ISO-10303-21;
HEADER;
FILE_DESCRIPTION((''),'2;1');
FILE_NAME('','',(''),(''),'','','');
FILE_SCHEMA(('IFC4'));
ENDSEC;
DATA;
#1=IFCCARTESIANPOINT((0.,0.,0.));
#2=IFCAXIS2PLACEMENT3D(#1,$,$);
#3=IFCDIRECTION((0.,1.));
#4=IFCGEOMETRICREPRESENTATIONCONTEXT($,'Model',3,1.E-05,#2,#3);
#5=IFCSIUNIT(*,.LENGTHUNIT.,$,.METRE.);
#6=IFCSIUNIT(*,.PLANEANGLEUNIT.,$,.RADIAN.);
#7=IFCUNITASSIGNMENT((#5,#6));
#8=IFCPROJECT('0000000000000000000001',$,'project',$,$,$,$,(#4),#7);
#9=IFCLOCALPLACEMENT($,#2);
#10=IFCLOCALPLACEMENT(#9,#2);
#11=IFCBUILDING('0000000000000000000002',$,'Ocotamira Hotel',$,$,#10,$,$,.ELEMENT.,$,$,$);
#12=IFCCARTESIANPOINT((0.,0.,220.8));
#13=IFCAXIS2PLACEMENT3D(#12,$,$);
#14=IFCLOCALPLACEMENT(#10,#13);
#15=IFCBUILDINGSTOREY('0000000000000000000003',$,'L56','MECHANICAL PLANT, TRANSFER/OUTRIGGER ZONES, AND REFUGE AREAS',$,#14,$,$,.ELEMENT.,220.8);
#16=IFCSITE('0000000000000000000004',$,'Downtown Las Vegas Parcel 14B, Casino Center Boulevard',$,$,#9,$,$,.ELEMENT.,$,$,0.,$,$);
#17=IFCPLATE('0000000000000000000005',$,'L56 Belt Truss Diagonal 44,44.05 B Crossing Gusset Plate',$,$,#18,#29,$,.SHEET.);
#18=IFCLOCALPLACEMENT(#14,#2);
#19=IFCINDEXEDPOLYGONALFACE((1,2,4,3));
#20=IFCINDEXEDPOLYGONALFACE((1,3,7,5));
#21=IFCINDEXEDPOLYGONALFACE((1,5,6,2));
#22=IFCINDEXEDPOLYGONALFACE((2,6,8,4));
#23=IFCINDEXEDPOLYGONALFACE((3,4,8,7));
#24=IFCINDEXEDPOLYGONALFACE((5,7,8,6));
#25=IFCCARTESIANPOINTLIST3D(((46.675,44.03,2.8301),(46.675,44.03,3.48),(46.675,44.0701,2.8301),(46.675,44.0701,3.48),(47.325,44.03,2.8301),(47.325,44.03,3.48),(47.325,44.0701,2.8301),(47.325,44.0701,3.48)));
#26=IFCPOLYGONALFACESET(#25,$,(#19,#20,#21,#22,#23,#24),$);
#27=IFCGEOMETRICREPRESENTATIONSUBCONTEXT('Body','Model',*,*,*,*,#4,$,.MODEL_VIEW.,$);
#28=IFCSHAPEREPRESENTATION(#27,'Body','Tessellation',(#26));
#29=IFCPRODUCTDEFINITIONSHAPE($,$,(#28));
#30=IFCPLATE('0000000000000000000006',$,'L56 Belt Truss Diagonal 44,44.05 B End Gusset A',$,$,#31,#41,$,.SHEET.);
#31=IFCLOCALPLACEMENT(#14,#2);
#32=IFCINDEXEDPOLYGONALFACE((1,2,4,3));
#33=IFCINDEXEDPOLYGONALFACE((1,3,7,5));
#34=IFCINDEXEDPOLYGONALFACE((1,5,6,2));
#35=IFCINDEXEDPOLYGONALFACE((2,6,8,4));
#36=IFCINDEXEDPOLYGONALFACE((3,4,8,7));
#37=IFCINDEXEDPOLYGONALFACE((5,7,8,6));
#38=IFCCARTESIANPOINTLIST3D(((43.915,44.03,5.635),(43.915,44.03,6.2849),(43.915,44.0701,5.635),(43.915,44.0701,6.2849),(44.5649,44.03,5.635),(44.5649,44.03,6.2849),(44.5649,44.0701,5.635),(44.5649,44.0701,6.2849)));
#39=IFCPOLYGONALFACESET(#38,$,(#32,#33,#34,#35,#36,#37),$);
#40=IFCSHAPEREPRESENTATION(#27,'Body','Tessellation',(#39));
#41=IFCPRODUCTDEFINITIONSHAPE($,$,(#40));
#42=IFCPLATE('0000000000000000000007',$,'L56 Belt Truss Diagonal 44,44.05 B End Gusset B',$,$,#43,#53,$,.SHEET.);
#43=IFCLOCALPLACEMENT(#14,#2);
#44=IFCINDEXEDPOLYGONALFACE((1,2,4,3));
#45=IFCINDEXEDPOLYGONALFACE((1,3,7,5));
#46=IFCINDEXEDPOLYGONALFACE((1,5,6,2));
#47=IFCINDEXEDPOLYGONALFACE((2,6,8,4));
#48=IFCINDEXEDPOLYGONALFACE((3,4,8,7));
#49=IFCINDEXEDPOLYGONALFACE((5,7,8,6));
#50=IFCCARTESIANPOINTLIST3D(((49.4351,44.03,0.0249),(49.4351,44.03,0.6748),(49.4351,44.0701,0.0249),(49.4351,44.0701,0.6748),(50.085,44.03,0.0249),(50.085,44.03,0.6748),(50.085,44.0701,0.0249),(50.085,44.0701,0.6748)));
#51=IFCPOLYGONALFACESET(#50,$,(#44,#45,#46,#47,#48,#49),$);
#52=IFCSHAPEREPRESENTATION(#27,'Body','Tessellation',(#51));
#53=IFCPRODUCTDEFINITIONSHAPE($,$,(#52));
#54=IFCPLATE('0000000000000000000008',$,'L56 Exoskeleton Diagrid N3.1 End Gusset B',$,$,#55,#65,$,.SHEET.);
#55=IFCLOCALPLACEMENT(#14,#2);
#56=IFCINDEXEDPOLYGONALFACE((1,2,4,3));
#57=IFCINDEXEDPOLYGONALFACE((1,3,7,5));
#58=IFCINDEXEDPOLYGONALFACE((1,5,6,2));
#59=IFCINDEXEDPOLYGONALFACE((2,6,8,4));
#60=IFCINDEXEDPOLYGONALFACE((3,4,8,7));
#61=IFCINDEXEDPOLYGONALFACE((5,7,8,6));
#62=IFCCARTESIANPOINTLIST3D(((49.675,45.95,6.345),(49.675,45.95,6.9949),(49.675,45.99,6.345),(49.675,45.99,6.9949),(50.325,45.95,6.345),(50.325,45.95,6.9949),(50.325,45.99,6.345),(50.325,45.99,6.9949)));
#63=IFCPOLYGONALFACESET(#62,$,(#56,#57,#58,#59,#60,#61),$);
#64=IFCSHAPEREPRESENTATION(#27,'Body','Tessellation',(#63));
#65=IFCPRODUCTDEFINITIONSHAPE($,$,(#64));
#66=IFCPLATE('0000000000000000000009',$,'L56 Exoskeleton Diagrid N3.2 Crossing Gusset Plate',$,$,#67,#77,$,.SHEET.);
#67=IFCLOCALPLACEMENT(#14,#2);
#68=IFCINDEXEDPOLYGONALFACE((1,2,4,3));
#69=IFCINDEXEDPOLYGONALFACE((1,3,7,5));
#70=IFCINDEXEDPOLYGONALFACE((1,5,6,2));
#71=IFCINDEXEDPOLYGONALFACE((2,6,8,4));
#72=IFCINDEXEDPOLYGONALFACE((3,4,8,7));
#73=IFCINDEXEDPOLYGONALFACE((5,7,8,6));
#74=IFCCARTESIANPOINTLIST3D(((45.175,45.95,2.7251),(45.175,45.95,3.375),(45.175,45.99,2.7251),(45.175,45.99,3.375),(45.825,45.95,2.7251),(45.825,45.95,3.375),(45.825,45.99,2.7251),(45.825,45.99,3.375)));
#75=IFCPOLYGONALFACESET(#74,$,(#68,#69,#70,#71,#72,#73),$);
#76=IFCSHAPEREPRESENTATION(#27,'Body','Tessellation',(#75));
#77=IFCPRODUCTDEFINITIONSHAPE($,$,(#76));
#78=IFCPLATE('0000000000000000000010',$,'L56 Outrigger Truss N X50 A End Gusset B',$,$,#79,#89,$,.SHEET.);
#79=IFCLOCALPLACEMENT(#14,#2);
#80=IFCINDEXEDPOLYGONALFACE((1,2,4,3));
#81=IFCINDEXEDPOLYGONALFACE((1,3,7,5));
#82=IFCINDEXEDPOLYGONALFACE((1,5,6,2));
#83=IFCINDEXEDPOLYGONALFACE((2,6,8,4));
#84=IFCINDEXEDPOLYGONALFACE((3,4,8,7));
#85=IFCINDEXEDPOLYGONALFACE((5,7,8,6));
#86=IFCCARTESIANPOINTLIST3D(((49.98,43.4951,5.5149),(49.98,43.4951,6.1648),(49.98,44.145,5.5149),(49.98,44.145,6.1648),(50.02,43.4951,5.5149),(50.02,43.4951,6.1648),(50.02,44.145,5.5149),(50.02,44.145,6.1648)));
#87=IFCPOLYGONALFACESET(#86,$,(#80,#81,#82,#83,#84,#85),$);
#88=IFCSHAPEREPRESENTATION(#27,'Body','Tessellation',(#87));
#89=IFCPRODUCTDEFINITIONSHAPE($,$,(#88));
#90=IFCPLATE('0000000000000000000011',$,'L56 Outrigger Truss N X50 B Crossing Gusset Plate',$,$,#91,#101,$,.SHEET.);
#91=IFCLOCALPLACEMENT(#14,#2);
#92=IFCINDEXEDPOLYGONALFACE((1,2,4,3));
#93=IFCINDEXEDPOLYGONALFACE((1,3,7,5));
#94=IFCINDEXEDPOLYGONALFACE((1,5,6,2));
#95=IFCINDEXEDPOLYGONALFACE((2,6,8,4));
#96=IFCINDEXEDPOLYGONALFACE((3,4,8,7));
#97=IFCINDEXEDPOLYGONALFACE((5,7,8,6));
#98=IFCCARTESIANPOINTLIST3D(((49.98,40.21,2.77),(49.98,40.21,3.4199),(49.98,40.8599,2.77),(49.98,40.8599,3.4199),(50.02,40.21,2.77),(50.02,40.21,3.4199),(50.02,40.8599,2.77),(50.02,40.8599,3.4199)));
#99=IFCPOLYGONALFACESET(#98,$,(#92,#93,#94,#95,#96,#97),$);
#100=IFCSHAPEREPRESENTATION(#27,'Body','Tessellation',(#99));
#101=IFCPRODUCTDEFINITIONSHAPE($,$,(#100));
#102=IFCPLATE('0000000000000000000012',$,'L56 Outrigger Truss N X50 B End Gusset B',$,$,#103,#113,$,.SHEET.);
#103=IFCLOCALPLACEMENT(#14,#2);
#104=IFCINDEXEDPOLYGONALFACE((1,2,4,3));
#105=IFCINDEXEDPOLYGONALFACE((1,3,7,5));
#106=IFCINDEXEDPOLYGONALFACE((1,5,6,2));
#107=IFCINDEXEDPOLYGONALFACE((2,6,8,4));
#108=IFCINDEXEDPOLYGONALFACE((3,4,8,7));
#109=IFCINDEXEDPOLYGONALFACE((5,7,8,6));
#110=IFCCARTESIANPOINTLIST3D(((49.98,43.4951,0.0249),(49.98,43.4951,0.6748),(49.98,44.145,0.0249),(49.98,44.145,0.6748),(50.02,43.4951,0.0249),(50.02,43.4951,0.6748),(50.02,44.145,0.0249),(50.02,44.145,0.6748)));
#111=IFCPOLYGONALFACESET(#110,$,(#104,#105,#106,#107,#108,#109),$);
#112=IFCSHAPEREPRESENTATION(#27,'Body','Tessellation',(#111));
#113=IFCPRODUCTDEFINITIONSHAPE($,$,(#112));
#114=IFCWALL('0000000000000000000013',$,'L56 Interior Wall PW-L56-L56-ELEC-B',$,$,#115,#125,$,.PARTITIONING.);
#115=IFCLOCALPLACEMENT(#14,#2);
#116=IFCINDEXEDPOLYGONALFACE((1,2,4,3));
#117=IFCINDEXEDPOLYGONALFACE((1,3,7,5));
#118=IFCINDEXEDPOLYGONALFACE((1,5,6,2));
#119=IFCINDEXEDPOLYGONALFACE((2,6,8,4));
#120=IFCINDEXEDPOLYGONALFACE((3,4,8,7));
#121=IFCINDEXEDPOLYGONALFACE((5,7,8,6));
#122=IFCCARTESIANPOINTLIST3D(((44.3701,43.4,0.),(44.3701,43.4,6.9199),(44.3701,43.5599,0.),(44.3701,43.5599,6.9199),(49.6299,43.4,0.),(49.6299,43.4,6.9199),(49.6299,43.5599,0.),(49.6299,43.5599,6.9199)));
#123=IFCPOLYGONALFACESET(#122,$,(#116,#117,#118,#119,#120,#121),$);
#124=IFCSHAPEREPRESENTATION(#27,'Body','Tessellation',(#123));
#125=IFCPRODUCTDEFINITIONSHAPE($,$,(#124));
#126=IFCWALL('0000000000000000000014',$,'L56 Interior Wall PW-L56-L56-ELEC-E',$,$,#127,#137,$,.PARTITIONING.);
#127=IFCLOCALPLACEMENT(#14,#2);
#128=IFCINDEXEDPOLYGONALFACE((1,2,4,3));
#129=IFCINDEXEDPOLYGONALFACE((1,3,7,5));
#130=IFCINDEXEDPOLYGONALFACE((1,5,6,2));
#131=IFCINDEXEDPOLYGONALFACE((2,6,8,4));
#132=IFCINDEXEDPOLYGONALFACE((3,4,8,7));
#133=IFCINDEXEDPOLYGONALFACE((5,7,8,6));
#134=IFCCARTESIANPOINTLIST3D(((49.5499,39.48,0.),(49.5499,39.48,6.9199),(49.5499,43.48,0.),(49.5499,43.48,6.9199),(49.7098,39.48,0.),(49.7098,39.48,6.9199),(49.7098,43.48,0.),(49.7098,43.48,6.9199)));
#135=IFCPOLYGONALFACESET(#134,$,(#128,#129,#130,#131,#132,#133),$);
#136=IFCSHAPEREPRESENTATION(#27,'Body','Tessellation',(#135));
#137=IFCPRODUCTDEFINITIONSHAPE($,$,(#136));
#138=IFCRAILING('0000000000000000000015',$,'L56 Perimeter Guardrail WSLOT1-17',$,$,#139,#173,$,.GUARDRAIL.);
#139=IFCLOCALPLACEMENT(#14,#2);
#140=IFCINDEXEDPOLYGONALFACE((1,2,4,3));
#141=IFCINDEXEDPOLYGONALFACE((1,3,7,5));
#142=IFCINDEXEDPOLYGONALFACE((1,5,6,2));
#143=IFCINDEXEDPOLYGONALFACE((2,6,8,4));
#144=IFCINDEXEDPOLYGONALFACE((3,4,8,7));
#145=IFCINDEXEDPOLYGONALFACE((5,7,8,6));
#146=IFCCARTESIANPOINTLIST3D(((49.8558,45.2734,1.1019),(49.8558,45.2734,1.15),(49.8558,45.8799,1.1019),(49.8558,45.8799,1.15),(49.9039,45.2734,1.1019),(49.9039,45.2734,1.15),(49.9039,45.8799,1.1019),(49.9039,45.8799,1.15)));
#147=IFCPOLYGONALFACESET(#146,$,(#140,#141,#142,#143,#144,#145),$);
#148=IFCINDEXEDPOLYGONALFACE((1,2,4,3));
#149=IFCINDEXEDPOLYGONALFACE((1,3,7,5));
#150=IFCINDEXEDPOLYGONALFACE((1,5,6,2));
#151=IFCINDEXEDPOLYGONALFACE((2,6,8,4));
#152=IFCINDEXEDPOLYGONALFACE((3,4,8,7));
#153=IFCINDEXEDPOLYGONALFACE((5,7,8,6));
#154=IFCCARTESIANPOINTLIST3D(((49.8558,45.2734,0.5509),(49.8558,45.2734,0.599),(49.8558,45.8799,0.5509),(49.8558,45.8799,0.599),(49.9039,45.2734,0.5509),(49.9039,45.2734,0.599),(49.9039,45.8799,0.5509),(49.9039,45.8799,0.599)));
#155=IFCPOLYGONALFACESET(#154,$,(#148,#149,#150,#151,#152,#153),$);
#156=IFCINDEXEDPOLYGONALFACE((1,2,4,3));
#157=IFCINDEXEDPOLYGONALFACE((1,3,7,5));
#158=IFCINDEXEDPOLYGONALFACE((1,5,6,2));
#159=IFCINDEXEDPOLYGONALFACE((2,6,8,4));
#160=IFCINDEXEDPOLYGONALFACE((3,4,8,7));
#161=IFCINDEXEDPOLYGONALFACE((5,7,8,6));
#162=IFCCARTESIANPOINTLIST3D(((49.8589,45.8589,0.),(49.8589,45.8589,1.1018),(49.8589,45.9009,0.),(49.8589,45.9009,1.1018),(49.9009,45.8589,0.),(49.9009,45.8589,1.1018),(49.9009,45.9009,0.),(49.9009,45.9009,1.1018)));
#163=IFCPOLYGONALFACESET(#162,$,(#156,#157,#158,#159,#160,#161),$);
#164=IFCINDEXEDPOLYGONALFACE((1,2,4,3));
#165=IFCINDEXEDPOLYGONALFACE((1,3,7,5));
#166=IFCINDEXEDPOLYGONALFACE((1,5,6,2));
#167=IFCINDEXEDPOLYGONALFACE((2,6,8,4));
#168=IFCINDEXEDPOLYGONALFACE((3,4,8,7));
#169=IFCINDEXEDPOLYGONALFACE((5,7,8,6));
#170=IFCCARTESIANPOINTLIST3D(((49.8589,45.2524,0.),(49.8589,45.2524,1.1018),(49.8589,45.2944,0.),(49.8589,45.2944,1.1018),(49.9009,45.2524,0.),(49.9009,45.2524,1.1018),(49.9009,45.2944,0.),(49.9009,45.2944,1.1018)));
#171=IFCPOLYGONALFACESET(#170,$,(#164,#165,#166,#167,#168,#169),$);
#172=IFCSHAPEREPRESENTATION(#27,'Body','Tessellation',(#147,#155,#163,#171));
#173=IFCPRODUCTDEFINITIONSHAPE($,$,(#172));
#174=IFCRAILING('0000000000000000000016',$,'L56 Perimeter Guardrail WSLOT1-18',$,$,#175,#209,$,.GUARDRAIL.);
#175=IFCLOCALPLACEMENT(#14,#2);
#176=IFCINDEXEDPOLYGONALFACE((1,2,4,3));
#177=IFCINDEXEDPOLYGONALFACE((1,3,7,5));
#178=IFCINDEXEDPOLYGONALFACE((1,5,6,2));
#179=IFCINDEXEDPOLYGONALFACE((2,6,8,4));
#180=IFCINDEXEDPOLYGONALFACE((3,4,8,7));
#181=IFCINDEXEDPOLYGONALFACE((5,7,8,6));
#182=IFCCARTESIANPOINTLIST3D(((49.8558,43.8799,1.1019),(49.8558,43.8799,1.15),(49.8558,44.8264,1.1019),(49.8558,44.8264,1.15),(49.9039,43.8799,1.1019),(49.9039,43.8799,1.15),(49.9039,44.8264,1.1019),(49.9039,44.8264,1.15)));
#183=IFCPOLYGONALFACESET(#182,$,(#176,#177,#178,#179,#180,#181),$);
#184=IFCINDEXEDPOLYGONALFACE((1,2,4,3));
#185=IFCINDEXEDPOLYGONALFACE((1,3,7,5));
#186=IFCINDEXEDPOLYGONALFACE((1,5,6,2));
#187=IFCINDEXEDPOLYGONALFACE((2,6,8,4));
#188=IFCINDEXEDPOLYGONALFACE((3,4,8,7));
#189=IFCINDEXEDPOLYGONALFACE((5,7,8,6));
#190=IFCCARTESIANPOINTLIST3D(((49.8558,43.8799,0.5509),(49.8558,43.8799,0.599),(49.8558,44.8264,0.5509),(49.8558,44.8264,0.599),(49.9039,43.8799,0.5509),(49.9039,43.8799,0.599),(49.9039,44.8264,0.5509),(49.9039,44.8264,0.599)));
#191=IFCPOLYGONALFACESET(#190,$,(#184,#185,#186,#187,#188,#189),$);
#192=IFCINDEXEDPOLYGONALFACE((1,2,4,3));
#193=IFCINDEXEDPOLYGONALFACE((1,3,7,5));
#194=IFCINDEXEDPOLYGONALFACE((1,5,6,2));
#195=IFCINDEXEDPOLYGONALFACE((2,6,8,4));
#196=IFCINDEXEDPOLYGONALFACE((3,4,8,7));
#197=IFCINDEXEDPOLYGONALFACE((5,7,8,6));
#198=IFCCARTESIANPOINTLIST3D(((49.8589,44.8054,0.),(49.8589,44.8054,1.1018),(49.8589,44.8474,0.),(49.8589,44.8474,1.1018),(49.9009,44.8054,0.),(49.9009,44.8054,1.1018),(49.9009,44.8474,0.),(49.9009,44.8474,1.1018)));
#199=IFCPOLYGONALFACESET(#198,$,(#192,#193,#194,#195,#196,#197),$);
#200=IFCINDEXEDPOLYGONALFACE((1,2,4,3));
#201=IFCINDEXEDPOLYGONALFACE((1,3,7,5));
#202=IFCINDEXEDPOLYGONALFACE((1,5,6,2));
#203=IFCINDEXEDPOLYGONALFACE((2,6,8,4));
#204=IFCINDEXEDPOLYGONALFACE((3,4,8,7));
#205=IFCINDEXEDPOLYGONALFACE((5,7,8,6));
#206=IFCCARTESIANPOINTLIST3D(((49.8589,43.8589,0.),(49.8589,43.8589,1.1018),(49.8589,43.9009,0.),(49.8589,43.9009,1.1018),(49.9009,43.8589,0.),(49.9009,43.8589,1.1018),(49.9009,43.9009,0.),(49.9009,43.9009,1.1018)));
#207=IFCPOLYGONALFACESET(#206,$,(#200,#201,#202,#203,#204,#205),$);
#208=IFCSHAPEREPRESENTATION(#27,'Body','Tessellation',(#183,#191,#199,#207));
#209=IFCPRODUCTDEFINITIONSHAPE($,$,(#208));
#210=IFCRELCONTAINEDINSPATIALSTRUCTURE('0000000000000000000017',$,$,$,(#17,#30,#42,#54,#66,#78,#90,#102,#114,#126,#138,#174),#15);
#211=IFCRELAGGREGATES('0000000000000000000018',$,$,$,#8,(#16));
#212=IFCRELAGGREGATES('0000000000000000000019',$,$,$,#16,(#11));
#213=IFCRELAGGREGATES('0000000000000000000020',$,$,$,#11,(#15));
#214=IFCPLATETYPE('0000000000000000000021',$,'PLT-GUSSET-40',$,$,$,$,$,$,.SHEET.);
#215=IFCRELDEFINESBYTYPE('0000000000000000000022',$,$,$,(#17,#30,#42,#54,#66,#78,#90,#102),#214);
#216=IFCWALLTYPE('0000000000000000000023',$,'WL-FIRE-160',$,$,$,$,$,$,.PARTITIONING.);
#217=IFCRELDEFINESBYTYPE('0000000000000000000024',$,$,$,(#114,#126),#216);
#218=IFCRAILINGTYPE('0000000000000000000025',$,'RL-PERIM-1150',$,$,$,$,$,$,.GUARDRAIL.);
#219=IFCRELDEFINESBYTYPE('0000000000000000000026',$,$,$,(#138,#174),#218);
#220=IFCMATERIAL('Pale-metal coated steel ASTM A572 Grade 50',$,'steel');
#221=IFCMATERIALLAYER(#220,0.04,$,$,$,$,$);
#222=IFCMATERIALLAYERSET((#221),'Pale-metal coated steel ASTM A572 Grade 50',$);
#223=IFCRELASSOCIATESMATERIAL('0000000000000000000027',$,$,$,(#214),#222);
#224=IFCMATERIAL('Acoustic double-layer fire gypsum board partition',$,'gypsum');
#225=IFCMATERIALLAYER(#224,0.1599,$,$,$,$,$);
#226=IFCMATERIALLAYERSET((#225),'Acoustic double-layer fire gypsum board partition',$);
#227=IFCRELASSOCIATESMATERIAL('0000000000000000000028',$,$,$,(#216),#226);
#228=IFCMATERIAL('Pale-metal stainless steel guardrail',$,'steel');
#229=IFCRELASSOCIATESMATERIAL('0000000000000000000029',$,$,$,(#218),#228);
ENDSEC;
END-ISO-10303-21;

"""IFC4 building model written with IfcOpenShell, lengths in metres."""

from ifc_helpers import new_model, si_unit, direction, frame, frame_2d, origin, origin_2d, place, context, subcontext, project, spatial, rectangle, extrude, source, transform, mapped, material, layer, layer_set, type_object, element, save


model = new_model("IFC4")

# Units and contexts
model_context = context("Model", 3, precision=1e-05, world=origin(), true_north=direction((0.0, 1.0)))
body_context = subcontext(model_context, "Body", "Model", "MODEL_VIEW")
ifc_project = project(units=[si_unit("LENGTHUNIT", "METRE"), si_unit("PLANEANGLEUNIT", "RADIAN")], contexts=[model_context])

# Site, building, storey
site_placement = place(None, origin())
site = spatial("IfcSite", under=ifc_project, at=site_placement, Name="Downtown Las Vegas Parcel 14B, Casino Center Boulevard", CompositionType="ELEMENT", RefElevation=0.0)
building_placement = place(site_placement, origin())
building = spatial("IfcBuilding", under=site, at=building_placement, Name="Ocotamira Hotel", CompositionType="ELEMENT")
storey_placement = place(building_placement, frame((0.0, 0.0, 220.8)))
storey = spatial("IfcBuildingStorey", under=building, at=storey_placement, Name="L56", Description="MECHANICAL PLANT, TRANSFER/OUTRIGGER ZONES, AND REFUGE AREAS", CompositionType="ELEMENT", Elevation=220.8)

# Plates
ifc_material_1 = material(Name="Pale-metal coated steel ASTM A572 Grade 50", Category="steel")
ifc_layer_1 = layer(ifc_material_1, 0.04)
ifc_layer_set_1 = layer_set([ifc_layer_1], Name="Pale-metal coated steel ASTM A572 Grade 50")
plate_type = type_object("IfcPlateType", Name="PLT-GUSSET-40", PredefinedType="SHEET", material=ifc_layer_set_1)
shared_shape_1 = source(origin(), body_context, "Body", "SweptSolid", [
    extrude(rectangle(XDim=0.6499, YDim=0.04, at=origin_2d()), origin(), (0.0, 0.0, 1.0), 0.6499),
])
for number, where, z_axis, x_axis, name in (
    (1, (47.0, 44.05, 2.8301), (0.0, 0.0, 1.0), (1.0, 0.0, 0.0), "L56 Belt Truss Diagonal 44,44.05 B Crossing Gusset Plate"),
    (2, (44.24, 44.05, 5.635), (0.0, 0.0, 1.0), (1.0, 0.0, 0.0), "L56 Belt Truss Diagonal 44,44.05 B End Gusset A"),
    (3, (49.76, 44.05, 0.0249), (0.0, 0.0, 1.0), (1.0, 0.0, 0.0), "L56 Belt Truss Diagonal 44,44.05 B End Gusset B"),
    (4, (50.0, 45.97, 6.345), (0.0, 0.0, 1.0), (1.0, 0.0, 0.0), "L56 Exoskeleton Diagrid N3.1 End Gusset B"),
    (5, (45.5, 45.97, 2.7251), (0.0, 0.0, 1.0), (-1.0, 0.0, 0.0), "L56 Exoskeleton Diagrid N3.2 Crossing Gusset Plate"),
):
    element("IfcPlate", number, at=place(storey_placement, frame(where, z_axis=z_axis, x_axis=x_axis)), inside=storey, type_object=plate_type, Name=name, PredefinedType="SHEET", context=body_context, shape_type="MappedRepresentation", body=[
        mapped(shared_shape_1, transform((0.0, 0.0, 0.0), scale=1.0)),
    ])
shared_shape_2 = source(origin(), body_context, "Body", "SweptSolid", [
    extrude(rectangle(XDim=0.04, YDim=0.6499, at=origin_2d()), origin(), (0.0, 0.0, 1.0), 0.6499),
])
for number, where, z_axis, x_axis, name in (
    (6, (50.0, 43.8201, 5.5149), (0.0, 0.0, 1.0), (1.0, 0.0, 0.0), "L56 Outrigger Truss N X50 A End Gusset B"),
    (7, (50.0, 40.5349, 2.77), (0.0, 0.0, 1.0), (1.0, 0.0, 0.0), "L56 Outrigger Truss N X50 B Crossing Gusset Plate"),
    (8, (50.0, 43.8201, 0.0249), (0.0, 0.0, 1.0), (1.0, 0.0, 0.0), "L56 Outrigger Truss N X50 B End Gusset B"),
):
    element("IfcPlate", number, at=place(storey_placement, frame(where, z_axis=z_axis, x_axis=x_axis)), inside=storey, type_object=plate_type, Name=name, PredefinedType="SHEET", context=body_context, shape_type="MappedRepresentation", body=[
        mapped(shared_shape_2, transform((0.0, 0.0, 0.0), scale=1.0)),
    ])

# Walls
ifc_material_2 = material(Name="Acoustic double-layer fire gypsum board partition", Category="gypsum")
ifc_layer_2 = layer(ifc_material_2, 0.1599)
ifc_layer_set_2 = layer_set([ifc_layer_2], Name="Acoustic double-layer fire gypsum board partition")
wall_type = type_object("IfcWallType", Name="WL-FIRE-160", PredefinedType="PARTITIONING", material=ifc_layer_set_2)
wall_1_placement = place(storey_placement, frame((44.3701, 43.48, 0.0), z_axis=(0.0, 0.0, 1.0), x_axis=(1.0, 0.0, 0.0)))
element("IfcWall", 9, at=wall_1_placement, inside=storey, type_object=wall_type, Name="L56 Interior Wall PW-L56-L56-ELEC-B", PredefinedType="PARTITIONING", context=body_context, shape_type="SweptSolid", body=[
    extrude(rectangle(XDim=5.2598, YDim=0.1599, at=frame_2d((2.6299, 0.0))), origin(), (0.0, 0.0, 1.0), 6.9199),
])
wall_2_placement = place(storey_placement, frame((49.6299, 39.48, 0.0), z_axis=(0.0, 0.0, 1.0), x_axis=(0.0, 1.0, 0.0)))
element("IfcWall", 10, at=wall_2_placement, inside=storey, type_object=wall_type, Name="L56 Interior Wall PW-L56-L56-ELEC-E", PredefinedType="PARTITIONING", context=body_context, shape_type="SweptSolid", body=[
    extrude(rectangle(XDim=4.0, YDim=0.1599, at=frame_2d((2.0, 0.0))), origin(), (0.0, 0.0, 1.0), 6.9199),
])

# Railings
ifc_material_3 = material(Name="Pale-metal stainless steel guardrail", Category="steel")
railing_type = type_object("IfcRailingType", Name="RL-PERIM-1150", PredefinedType="GUARDRAIL", material=ifc_material_3)
railing_1_placement = place(storey_placement, frame((49.8799, 45.8799, 0.0)))
element("IfcRailing", 11, at=railing_1_placement, inside=storey, type_object=railing_type, Name="L56 Perimeter Guardrail WSLOT1-17", PredefinedType="GUARDRAIL", context=body_context, shape_type="SweptSolid", body=[
    extrude(rectangle(XDim=0.0481, YDim=0.0481, at=origin_2d()), frame((0.0, 0.0, 1.126), z_axis=(0.0, -1.0, 0.0), x_axis=(1.0, 0.0, 0.0)), (0.0, 0.0, 1.0), 0.6064),
    extrude(rectangle(XDim=0.0481, YDim=0.0481, at=origin_2d()), frame((0.0, 0.0, 0.575), z_axis=(0.0, -1.0, 0.0), x_axis=(1.0, 0.0, 0.0)), (0.0, 0.0, 1.0), 0.6064),
    extrude(rectangle(XDim=0.042, YDim=0.042, at=origin_2d()), origin(), (0.0, 0.0, 1.0), 1.1018),
    extrude(rectangle(XDim=0.042, YDim=0.042, at=origin_2d()), frame((0.0, -0.6064, 0.0)), (0.0, 0.0, 1.0), 1.1018),
])
railing_2_placement = place(storey_placement, frame((49.8799, 44.8264, 0.0)))
element("IfcRailing", 12, at=railing_2_placement, inside=storey, type_object=railing_type, Name="L56 Perimeter Guardrail WSLOT1-18", PredefinedType="GUARDRAIL", context=body_context, shape_type="SweptSolid", body=[
    extrude(rectangle(XDim=0.0481, YDim=0.0481, at=origin_2d()), frame((0.0, 0.0, 1.126), z_axis=(0.0, -1.0, 0.0), x_axis=(1.0, 0.0, 0.0)), (0.0, 0.0, 1.0), 0.9465),
    extrude(rectangle(XDim=0.0481, YDim=0.0481, at=origin_2d()), frame((0.0, 0.0, 0.575), z_axis=(0.0, -1.0, 0.0), x_axis=(1.0, 0.0, 0.0)), (0.0, 0.0, 1.0), 0.9465),
    extrude(rectangle(XDim=0.042, YDim=0.042, at=origin_2d()), origin(), (0.0, 0.0, 1.0), 1.1018),
    extrude(rectangle(XDim=0.042, YDim=0.042, at=origin_2d()), frame((0.0, -0.9465, 0.0)), (0.0, 0.0, 1.0), 1.1018),
])

save(model, "model.ifc")
